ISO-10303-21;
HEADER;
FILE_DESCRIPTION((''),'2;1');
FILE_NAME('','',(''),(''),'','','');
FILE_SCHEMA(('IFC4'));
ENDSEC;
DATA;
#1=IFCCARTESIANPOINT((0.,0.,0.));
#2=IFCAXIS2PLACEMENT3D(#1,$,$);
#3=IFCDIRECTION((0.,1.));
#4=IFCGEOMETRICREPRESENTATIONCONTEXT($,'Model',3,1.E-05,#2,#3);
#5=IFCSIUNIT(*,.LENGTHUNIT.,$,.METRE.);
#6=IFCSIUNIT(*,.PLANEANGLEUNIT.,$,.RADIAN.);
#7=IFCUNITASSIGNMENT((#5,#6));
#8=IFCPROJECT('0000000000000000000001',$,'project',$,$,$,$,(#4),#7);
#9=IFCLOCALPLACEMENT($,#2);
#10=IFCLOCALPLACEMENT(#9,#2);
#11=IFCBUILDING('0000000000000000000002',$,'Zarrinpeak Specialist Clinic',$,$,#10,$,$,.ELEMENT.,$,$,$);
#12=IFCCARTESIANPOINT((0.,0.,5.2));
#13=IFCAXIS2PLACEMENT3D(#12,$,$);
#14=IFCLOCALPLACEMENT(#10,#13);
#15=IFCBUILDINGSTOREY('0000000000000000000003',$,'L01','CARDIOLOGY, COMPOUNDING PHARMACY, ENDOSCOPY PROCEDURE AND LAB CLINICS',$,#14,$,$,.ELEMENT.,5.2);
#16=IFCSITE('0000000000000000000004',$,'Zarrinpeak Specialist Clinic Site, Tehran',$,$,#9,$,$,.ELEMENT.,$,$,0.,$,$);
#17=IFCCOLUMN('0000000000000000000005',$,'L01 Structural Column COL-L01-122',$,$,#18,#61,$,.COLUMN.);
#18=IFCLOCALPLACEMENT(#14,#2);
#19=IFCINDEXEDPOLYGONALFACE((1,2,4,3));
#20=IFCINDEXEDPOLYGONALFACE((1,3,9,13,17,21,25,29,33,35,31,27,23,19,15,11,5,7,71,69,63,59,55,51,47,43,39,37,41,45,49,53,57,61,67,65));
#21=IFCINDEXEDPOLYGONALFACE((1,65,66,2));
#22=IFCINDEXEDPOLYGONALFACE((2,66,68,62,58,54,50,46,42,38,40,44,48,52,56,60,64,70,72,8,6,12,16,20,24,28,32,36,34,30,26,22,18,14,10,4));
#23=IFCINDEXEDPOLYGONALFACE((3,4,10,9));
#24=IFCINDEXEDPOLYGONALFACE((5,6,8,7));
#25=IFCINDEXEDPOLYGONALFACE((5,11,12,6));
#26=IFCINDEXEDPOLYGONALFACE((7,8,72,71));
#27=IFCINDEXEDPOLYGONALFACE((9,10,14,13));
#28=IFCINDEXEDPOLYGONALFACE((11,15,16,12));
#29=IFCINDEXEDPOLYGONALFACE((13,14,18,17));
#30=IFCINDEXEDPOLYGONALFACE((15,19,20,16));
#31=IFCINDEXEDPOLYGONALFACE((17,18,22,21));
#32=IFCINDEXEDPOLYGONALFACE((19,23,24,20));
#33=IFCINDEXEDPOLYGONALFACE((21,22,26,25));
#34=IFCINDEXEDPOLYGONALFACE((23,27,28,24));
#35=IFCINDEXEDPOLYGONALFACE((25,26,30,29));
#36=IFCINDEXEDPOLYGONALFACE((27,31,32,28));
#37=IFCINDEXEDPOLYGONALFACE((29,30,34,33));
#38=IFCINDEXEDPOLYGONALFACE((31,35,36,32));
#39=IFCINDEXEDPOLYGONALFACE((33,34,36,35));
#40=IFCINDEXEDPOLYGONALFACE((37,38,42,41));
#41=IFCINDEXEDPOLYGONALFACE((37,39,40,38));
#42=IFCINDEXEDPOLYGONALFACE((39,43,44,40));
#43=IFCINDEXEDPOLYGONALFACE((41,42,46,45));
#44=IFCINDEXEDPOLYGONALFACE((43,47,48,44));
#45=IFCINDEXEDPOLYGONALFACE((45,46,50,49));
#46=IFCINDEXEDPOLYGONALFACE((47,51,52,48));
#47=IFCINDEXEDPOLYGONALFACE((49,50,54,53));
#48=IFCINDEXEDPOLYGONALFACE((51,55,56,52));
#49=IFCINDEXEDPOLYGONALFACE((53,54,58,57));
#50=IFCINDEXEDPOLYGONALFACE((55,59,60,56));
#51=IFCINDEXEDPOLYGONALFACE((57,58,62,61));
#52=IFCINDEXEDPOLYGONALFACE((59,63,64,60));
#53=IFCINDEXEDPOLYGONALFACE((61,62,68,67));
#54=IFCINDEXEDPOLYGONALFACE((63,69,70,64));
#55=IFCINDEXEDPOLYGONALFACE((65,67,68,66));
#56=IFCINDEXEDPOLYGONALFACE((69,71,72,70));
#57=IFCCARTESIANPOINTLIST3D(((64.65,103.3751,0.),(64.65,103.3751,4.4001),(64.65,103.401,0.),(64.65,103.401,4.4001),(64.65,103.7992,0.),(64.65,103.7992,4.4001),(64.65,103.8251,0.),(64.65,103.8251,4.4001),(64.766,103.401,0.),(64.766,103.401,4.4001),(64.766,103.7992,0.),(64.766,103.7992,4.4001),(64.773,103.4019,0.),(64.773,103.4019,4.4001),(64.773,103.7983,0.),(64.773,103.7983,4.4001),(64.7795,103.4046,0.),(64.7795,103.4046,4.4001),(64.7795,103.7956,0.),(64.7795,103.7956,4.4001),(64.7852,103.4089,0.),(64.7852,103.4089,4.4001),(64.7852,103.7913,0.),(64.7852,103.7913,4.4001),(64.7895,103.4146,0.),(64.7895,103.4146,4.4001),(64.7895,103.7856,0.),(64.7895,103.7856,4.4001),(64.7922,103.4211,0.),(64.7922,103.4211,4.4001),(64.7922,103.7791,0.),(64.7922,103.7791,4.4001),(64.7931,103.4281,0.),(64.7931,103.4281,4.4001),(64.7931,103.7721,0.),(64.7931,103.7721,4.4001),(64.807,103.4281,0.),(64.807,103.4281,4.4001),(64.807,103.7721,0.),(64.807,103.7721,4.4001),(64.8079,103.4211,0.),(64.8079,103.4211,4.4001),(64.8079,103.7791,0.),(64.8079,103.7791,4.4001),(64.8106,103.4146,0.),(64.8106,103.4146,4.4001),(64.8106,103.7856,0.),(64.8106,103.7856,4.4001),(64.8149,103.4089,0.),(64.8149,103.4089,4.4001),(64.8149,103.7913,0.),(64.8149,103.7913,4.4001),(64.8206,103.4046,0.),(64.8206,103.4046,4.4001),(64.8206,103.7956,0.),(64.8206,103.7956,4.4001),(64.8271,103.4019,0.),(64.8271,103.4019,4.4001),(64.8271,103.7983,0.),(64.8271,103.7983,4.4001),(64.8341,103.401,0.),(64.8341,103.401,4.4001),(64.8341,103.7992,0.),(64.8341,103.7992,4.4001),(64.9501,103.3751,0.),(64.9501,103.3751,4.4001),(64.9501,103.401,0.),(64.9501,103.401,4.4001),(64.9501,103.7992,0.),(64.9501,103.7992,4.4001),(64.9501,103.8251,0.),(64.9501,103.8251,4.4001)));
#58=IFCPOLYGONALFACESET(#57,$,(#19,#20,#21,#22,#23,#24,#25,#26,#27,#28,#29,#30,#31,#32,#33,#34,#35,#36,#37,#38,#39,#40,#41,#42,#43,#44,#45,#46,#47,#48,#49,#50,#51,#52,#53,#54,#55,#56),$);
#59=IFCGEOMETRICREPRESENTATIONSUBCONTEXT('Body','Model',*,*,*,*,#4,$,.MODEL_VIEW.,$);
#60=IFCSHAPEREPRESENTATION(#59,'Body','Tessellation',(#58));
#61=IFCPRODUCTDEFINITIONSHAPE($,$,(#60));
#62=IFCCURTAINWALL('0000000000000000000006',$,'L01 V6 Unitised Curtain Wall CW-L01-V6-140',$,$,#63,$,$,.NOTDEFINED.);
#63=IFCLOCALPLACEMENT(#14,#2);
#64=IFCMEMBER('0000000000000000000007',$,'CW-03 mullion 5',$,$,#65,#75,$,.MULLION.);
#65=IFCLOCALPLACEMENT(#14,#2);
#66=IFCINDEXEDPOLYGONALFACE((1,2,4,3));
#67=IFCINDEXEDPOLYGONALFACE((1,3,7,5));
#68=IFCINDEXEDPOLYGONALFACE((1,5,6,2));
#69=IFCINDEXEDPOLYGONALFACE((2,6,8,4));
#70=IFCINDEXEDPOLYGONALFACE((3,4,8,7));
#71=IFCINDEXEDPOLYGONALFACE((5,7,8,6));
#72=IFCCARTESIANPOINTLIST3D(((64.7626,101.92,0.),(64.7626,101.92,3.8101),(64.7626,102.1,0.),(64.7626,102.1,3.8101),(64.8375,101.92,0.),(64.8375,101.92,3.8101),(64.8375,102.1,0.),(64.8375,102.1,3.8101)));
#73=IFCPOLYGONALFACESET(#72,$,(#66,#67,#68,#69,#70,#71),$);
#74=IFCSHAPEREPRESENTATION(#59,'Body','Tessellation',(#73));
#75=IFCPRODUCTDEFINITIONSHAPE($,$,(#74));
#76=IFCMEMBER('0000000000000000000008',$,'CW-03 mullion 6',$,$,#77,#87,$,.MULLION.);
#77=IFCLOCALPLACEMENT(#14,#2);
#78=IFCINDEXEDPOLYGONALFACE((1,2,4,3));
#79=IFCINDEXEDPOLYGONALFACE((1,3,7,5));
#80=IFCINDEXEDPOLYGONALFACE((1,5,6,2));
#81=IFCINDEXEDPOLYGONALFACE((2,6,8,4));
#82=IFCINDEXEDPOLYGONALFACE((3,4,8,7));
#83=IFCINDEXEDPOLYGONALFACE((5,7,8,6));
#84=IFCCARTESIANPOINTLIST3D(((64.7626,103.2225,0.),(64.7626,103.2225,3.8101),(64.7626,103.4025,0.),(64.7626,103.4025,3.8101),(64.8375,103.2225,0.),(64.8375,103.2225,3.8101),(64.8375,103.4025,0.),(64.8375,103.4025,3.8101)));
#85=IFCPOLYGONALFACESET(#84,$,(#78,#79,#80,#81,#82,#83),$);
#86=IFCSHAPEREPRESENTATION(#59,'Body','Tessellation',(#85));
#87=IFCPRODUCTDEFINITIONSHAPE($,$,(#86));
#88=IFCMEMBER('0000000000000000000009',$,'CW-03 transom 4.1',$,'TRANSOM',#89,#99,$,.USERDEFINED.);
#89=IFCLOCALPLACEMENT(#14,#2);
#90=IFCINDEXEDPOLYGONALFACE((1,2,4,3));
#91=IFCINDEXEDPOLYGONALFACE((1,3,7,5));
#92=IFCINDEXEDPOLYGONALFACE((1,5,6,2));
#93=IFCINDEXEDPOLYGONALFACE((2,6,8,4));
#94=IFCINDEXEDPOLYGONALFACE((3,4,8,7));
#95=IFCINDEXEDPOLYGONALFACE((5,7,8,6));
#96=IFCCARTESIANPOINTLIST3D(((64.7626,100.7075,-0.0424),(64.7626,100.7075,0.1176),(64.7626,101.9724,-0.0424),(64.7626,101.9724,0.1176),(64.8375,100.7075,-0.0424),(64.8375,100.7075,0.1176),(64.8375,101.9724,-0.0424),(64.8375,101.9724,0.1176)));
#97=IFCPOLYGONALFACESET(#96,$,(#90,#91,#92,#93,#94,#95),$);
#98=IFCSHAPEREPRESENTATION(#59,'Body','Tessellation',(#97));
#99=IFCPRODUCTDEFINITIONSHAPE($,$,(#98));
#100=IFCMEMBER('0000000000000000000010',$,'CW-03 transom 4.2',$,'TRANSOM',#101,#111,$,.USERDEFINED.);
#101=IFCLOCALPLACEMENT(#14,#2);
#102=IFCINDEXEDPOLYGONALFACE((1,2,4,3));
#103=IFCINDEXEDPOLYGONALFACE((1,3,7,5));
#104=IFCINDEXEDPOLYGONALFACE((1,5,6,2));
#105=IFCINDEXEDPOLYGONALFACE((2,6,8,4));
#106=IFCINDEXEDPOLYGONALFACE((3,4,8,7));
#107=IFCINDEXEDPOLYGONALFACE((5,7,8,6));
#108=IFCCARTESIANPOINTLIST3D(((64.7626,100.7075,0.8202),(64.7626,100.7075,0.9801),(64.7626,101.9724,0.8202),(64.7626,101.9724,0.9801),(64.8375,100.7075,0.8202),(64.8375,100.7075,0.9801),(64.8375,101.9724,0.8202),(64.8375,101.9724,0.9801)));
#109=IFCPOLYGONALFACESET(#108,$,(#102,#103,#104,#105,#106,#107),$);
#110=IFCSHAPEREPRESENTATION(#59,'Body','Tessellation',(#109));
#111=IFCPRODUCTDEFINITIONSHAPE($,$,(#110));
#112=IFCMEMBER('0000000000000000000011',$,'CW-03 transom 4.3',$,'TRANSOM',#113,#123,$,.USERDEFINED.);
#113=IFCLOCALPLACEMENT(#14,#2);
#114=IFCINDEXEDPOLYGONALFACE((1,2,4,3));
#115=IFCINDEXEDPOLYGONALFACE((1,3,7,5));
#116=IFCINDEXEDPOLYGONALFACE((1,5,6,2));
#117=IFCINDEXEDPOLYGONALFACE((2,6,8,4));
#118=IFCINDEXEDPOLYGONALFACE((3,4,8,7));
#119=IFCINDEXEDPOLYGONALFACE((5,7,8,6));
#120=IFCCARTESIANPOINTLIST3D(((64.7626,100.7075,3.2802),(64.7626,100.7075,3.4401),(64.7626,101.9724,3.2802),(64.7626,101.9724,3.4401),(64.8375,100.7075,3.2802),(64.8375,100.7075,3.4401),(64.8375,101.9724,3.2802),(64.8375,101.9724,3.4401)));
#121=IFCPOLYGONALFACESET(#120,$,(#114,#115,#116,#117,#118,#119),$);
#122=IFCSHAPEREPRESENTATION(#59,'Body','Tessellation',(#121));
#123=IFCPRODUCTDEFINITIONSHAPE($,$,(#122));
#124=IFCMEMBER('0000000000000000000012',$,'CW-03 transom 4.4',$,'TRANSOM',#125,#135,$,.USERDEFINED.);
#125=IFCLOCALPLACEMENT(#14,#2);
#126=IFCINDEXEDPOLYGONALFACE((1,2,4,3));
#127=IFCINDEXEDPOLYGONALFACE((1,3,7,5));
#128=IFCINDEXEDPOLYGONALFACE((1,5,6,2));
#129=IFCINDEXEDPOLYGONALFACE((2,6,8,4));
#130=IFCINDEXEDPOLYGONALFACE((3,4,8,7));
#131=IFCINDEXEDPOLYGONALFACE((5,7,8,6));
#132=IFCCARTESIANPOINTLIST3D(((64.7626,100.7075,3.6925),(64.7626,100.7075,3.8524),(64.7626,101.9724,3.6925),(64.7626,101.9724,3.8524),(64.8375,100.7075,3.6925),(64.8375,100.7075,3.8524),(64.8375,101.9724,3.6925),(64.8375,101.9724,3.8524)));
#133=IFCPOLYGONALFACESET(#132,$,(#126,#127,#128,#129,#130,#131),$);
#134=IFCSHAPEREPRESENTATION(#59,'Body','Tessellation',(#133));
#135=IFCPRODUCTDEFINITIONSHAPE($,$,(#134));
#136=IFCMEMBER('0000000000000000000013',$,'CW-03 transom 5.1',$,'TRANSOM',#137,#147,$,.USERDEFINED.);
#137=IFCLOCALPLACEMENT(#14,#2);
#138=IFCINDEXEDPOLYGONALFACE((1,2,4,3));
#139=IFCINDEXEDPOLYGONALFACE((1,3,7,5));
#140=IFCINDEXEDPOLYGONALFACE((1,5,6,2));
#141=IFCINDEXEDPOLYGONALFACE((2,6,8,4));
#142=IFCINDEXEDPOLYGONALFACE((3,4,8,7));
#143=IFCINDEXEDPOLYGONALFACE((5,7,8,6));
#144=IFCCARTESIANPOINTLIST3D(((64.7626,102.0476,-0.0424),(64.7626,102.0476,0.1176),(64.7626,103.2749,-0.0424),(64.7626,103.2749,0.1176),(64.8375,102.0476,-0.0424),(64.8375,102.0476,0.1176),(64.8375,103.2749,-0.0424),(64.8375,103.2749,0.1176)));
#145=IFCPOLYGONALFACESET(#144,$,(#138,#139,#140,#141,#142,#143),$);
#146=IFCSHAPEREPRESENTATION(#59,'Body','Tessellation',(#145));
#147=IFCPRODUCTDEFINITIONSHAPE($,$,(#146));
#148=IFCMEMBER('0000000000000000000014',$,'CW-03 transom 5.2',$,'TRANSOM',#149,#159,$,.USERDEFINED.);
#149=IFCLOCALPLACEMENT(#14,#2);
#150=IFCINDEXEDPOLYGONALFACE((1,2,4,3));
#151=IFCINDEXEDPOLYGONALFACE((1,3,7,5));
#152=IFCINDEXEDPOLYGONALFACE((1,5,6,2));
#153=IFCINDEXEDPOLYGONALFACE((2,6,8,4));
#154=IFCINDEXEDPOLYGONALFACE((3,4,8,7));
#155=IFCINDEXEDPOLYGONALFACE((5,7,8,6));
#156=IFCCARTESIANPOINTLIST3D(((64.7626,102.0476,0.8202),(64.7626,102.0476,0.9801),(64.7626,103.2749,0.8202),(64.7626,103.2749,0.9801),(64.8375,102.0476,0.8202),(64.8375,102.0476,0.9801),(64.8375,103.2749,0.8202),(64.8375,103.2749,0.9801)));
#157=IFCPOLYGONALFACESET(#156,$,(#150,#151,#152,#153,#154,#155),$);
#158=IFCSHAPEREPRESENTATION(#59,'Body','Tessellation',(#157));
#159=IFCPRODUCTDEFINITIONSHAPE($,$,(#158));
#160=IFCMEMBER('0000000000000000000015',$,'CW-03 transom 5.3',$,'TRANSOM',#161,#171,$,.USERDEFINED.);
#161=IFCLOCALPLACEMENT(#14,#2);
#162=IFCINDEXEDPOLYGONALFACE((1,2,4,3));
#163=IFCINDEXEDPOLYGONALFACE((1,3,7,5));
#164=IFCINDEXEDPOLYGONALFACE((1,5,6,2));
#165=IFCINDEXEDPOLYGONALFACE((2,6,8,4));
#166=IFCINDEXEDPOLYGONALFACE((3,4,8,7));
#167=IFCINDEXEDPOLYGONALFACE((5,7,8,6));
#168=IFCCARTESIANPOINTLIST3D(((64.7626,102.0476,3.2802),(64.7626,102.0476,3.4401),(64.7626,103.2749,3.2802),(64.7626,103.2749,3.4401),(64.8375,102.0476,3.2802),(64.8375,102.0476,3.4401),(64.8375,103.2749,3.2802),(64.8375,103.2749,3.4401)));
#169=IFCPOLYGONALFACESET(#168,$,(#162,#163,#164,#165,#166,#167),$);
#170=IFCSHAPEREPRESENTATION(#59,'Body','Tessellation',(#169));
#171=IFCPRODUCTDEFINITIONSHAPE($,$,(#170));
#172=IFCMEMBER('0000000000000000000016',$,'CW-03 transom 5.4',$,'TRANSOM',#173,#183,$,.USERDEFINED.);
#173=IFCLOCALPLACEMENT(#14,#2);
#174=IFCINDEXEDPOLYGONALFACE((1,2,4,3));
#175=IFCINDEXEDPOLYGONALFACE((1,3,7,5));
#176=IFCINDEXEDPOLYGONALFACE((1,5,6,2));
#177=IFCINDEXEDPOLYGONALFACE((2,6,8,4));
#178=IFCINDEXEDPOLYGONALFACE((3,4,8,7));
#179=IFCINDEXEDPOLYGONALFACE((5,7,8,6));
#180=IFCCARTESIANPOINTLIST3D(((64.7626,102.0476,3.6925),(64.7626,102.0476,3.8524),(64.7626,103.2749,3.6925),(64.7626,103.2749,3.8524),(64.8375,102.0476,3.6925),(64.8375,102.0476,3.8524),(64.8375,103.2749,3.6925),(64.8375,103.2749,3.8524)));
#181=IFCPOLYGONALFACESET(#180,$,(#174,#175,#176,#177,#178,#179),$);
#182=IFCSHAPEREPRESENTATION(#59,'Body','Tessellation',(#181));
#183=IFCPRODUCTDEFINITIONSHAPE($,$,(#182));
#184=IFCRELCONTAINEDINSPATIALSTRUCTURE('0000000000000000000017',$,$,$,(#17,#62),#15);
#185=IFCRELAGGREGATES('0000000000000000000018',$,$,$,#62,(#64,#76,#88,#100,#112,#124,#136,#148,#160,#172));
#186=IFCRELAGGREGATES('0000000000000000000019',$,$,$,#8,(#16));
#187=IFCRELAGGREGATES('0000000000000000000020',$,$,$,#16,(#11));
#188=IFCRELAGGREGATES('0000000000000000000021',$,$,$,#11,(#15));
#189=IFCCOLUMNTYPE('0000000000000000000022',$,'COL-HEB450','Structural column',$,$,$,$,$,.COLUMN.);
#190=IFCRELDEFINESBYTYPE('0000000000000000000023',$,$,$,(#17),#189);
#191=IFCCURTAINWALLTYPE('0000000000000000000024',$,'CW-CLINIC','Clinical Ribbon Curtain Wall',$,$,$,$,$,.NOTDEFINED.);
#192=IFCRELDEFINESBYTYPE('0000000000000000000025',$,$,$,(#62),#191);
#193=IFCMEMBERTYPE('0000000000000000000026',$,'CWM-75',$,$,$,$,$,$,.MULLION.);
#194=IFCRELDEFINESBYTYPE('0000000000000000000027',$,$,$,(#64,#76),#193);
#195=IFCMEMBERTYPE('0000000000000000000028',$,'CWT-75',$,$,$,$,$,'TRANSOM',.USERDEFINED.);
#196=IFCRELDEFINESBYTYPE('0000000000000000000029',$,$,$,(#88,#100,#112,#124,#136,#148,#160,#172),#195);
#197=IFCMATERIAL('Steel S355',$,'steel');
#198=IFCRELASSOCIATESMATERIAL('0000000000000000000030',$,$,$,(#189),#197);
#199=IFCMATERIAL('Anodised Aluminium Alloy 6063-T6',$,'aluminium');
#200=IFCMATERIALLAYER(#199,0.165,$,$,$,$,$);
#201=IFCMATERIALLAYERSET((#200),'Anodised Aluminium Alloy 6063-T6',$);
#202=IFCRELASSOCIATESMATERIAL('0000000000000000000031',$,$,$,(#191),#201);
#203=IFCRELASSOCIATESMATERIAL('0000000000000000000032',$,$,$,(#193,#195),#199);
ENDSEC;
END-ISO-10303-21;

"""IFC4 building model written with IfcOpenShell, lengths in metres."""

from ifc_helpers import new_model, si_unit, direction, frame, origin, origin_2d, place, context, subcontext, project, spatial, rectangle, i_section, extrude, material, layer, layer_set, material_profile, profile_set, type_object, element, aggregate, save


model = new_model("IFC4")

# Units and contexts
model_context = context("Model", 3, precision=1e-05, world=origin(), true_north=direction((0.0, 1.0)))
body_context = subcontext(model_context, "Body", "Model", "MODEL_VIEW")
ifc_project = project(units=[si_unit("LENGTHUNIT", "METRE"), si_unit("PLANEANGLEUNIT", "RADIAN")], contexts=[model_context])

# Site, building, storey
site_placement = place(None, origin())
site = spatial("IfcSite", under=ifc_project, at=site_placement, Name="Zarrinpeak Specialist Clinic Site, Tehran", CompositionType="ELEMENT", RefElevation=0.0)
building_placement = place(site_placement, origin())
building = spatial("IfcBuilding", under=site, at=building_placement, Name="Zarrinpeak Specialist Clinic", CompositionType="ELEMENT")
storey_placement = place(building_placement, frame((0.0, 0.0, 5.2)))
storey = spatial("IfcBuildingStorey", under=building, at=storey_placement, Name="L01", Description="CARDIOLOGY, COMPOUNDING PHARMACY, ENDOSCOPY PROCEDURE AND LAB CLINICS", CompositionType="ELEMENT", Elevation=5.2)

# Column
ifc_material_1 = material(Name="Steel S355", Category="steel")
ifc_material_profile_1 = material_profile(ifc_material_1, i_section(OverallWidth=0.3, OverallDepth=0.45, WebThickness=0.0139, FlangeThickness=0.0259, FilletRadius=0.0271, at=origin_2d()), Name="HEB 450")
ifc_profile_set_1 = profile_set([ifc_material_profile_1], Name="Steel S355")
column_type = type_object("IfcColumnType", Name="COL-HEB450", Description="Structural column", PredefinedType="COLUMN", material=ifc_profile_set_1)
column_placement = place(storey_placement, frame((64.8, 103.6001, 0.0), z_axis=(0.0, 0.0, 1.0), x_axis=(1.0, 0.0, 0.0)))
element("IfcColumn", 1, at=column_placement, inside=storey, type_object=column_type, Name="L01 Structural Column COL-L01-122", PredefinedType="COLUMN", context=body_context, shape_type="SweptSolid", body=[
    extrude(i_section(OverallWidth=0.3, OverallDepth=0.45, WebThickness=0.0139, FlangeThickness=0.0259, FilletRadius=0.0271, at=origin_2d()), origin(), (0.0, 0.0, 1.0), 4.4001),
])

# Curtain wall, members
ifc_material_2 = material(Name="Anodised Aluminium Alloy 6063-T6", Category="aluminium")
ifc_layer_1 = layer(ifc_material_2, 0.165)
ifc_layer_set_1 = layer_set([ifc_layer_1], Name="Anodised Aluminium Alloy 6063-T6")
curtain_wall_type = type_object("IfcCurtainWallType", Name="CW-CLINIC", Description="Clinical Ribbon Curtain Wall", PredefinedType="NOTDEFINED", material=ifc_layer_set_1)
curtain_wall_placement = place(storey_placement, origin())
curtain_wall = element("IfcCurtainWall", 2, at=curtain_wall_placement, inside=storey, type_object=curtain_wall_type, Name="L01 V6 Unitised Curtain Wall CW-L01-V6-140", PredefinedType="NOTDEFINED")
ifc_material_profile_2 = material_profile(ifc_material_2, rectangle(XDim=0.075, YDim=0.1799, at=origin_2d()), Name="ALU 75x180")
ifc_profile_set_2 = profile_set([ifc_material_profile_2], Name="Anodised Aluminium Alloy 6063-T6")
member_type_1 = type_object("IfcMemberType", Name="CWM-75", PredefinedType="MULLION", material=ifc_profile_set_2)
member_1_placement = place(storey_placement, frame((64.8, 102.01, 0.0), z_axis=(0.0, 0.0, 1.0), x_axis=(-1.0, 0.0, 0.0)))
member_1 = element("IfcMember", 3, at=member_1_placement, type_object=member_type_1, Name="CW-03 mullion 5", PredefinedType="MULLION", context=body_context, shape_type="SweptSolid", body=[
    extrude(rectangle(XDim=0.075, YDim=0.1799, at=origin_2d()), origin(), (0.0, 0.0, 1.0), 3.8101),
])
member_2_placement = place(storey_placement, frame((64.8, 103.3125, 0.0), z_axis=(0.0, 0.0, 1.0), x_axis=(-1.0, 0.0, 0.0)))
member_2 = element("IfcMember", 4, at=member_2_placement, type_object=member_type_1, Name="CW-03 mullion 6", PredefinedType="MULLION", context=body_context, shape_type="SweptSolid", body=[
    extrude(rectangle(XDim=0.075, YDim=0.1799, at=origin_2d()), origin(), (0.0, 0.0, 1.0), 3.8101),
])
ifc_material_profile_3 = material_profile(ifc_material_2, rectangle(XDim=0.075, YDim=0.1599, at=origin_2d()), Name="ALU 75x160")
ifc_profile_set_3 = profile_set([ifc_material_profile_3], Name="Anodised Aluminium Alloy 6063-T6")
member_type_2 = type_object("IfcMemberType", Name="CWT-75", ElementType="TRANSOM", PredefinedType="USERDEFINED", material=ifc_profile_set_3)
member_3_placement = place(storey_placement, frame((64.8, 100.7075, 0.0376), z_axis=(0.0, 1.0, 0.0), x_axis=(-1.0, 0.0, 0.0)))
member_3 = element("IfcMember", 5, at=member_3_placement, type_object=member_type_2, Name="CW-03 transom 4.1", ObjectType="TRANSOM", PredefinedType="USERDEFINED", context=body_context, shape_type="SweptSolid", body=[
    extrude(rectangle(XDim=0.075, YDim=0.1599, at=origin_2d()), origin(), (0.0, 0.0, 1.0), 1.2649),
])
member_4_placement = place(storey_placement, frame((64.8, 100.7075, 0.9001), z_axis=(0.0, 1.0, 0.0), x_axis=(-1.0, 0.0, 0.0)))
member_4 = element("IfcMember", 6, at=member_4_placement, type_object=member_type_2, Name="CW-03 transom 4.2", ObjectType="TRANSOM", PredefinedType="USERDEFINED", context=body_context, shape_type="SweptSolid", body=[
    extrude(rectangle(XDim=0.075, YDim=0.1599, at=origin_2d()), origin(), (0.0, 0.0, 1.0), 1.2649),
])
member_5_placement = place(storey_placement, frame((64.8, 100.7075, 3.3601), z_axis=(0.0, 1.0, 0.0), x_axis=(-1.0, 0.0, 0.0)))
member_5 = element("IfcMember", 7, at=member_5_placement, type_object=member_type_2, Name="CW-03 transom 4.3", ObjectType="TRANSOM", PredefinedType="USERDEFINED", context=body_context, shape_type="SweptSolid", body=[
    extrude(rectangle(XDim=0.075, YDim=0.1599, at=origin_2d()), origin(), (0.0, 0.0, 1.0), 1.2649),
])
member_6_placement = place(storey_placement, frame((64.8, 100.7075, 3.7725), z_axis=(0.0, 1.0, 0.0), x_axis=(-1.0, 0.0, 0.0)))
member_6 = element("IfcMember", 8, at=member_6_placement, type_object=member_type_2, Name="CW-03 transom 4.4", ObjectType="TRANSOM", PredefinedType="USERDEFINED", context=body_context, shape_type="SweptSolid", body=[
    extrude(rectangle(XDim=0.075, YDim=0.1599, at=origin_2d()), origin(), (0.0, 0.0, 1.0), 1.2649),
])
member_7_placement = place(storey_placement, frame((64.8, 102.0476, 0.0376), z_axis=(0.0, 1.0, 0.0), x_axis=(-1.0, 0.0, 0.0)))
member_7 = element("IfcMember", 9, at=member_7_placement, type_object=member_type_2, Name="CW-03 transom 5.1", ObjectType="TRANSOM", PredefinedType="USERDEFINED", context=body_context, shape_type="SweptSolid", body=[
    extrude(rectangle(XDim=0.075, YDim=0.1599, at=origin_2d()), origin(), (0.0, 0.0, 1.0), 1.2273),
])
member_8_placement = place(storey_placement, frame((64.8, 102.0476, 0.9001), z_axis=(0.0, 1.0, 0.0), x_axis=(-1.0, 0.0, 0.0)))
member_8 = element("IfcMember", 10, at=member_8_placement, type_object=member_type_2, Name="CW-03 transom 5.2", ObjectType="TRANSOM", PredefinedType="USERDEFINED", context=body_context, shape_type="SweptSolid", body=[
    extrude(rectangle(XDim=0.075, YDim=0.1599, at=origin_2d()), origin(), (0.0, 0.0, 1.0), 1.2273),
])
member_9_placement = place(storey_placement, frame((64.8, 102.0476, 3.3601), z_axis=(0.0, 1.0, 0.0), x_axis=(-1.0, 0.0, 0.0)))
member_9 = element("IfcMember", 11, at=member_9_placement, type_object=member_type_2, Name="CW-03 transom 5.3", ObjectType="TRANSOM", PredefinedType="USERDEFINED", context=body_context, shape_type="SweptSolid", body=[
    extrude(rectangle(XDim=0.075, YDim=0.1599, at=origin_2d()), origin(), (0.0, 0.0, 1.0), 1.2273),
])
member_10_placement = place(storey_placement, frame((64.8, 102.0476, 3.7725), z_axis=(0.0, 1.0, 0.0), x_axis=(-1.0, 0.0, 0.0)))
member_10 = element("IfcMember", 12, at=member_10_placement, type_object=member_type_2, Name="CW-03 transom 5.4", ObjectType="TRANSOM", PredefinedType="USERDEFINED", context=body_context, shape_type="SweptSolid", body=[
    extrude(rectangle(XDim=0.075, YDim=0.1599, at=origin_2d()), origin(), (0.0, 0.0, 1.0), 1.2273),
])
aggregate(curtain_wall, [member_1, member_2, member_3, member_4, member_5, member_6, member_7, member_8, member_9, member_10])

save(model, "model.ifc")
